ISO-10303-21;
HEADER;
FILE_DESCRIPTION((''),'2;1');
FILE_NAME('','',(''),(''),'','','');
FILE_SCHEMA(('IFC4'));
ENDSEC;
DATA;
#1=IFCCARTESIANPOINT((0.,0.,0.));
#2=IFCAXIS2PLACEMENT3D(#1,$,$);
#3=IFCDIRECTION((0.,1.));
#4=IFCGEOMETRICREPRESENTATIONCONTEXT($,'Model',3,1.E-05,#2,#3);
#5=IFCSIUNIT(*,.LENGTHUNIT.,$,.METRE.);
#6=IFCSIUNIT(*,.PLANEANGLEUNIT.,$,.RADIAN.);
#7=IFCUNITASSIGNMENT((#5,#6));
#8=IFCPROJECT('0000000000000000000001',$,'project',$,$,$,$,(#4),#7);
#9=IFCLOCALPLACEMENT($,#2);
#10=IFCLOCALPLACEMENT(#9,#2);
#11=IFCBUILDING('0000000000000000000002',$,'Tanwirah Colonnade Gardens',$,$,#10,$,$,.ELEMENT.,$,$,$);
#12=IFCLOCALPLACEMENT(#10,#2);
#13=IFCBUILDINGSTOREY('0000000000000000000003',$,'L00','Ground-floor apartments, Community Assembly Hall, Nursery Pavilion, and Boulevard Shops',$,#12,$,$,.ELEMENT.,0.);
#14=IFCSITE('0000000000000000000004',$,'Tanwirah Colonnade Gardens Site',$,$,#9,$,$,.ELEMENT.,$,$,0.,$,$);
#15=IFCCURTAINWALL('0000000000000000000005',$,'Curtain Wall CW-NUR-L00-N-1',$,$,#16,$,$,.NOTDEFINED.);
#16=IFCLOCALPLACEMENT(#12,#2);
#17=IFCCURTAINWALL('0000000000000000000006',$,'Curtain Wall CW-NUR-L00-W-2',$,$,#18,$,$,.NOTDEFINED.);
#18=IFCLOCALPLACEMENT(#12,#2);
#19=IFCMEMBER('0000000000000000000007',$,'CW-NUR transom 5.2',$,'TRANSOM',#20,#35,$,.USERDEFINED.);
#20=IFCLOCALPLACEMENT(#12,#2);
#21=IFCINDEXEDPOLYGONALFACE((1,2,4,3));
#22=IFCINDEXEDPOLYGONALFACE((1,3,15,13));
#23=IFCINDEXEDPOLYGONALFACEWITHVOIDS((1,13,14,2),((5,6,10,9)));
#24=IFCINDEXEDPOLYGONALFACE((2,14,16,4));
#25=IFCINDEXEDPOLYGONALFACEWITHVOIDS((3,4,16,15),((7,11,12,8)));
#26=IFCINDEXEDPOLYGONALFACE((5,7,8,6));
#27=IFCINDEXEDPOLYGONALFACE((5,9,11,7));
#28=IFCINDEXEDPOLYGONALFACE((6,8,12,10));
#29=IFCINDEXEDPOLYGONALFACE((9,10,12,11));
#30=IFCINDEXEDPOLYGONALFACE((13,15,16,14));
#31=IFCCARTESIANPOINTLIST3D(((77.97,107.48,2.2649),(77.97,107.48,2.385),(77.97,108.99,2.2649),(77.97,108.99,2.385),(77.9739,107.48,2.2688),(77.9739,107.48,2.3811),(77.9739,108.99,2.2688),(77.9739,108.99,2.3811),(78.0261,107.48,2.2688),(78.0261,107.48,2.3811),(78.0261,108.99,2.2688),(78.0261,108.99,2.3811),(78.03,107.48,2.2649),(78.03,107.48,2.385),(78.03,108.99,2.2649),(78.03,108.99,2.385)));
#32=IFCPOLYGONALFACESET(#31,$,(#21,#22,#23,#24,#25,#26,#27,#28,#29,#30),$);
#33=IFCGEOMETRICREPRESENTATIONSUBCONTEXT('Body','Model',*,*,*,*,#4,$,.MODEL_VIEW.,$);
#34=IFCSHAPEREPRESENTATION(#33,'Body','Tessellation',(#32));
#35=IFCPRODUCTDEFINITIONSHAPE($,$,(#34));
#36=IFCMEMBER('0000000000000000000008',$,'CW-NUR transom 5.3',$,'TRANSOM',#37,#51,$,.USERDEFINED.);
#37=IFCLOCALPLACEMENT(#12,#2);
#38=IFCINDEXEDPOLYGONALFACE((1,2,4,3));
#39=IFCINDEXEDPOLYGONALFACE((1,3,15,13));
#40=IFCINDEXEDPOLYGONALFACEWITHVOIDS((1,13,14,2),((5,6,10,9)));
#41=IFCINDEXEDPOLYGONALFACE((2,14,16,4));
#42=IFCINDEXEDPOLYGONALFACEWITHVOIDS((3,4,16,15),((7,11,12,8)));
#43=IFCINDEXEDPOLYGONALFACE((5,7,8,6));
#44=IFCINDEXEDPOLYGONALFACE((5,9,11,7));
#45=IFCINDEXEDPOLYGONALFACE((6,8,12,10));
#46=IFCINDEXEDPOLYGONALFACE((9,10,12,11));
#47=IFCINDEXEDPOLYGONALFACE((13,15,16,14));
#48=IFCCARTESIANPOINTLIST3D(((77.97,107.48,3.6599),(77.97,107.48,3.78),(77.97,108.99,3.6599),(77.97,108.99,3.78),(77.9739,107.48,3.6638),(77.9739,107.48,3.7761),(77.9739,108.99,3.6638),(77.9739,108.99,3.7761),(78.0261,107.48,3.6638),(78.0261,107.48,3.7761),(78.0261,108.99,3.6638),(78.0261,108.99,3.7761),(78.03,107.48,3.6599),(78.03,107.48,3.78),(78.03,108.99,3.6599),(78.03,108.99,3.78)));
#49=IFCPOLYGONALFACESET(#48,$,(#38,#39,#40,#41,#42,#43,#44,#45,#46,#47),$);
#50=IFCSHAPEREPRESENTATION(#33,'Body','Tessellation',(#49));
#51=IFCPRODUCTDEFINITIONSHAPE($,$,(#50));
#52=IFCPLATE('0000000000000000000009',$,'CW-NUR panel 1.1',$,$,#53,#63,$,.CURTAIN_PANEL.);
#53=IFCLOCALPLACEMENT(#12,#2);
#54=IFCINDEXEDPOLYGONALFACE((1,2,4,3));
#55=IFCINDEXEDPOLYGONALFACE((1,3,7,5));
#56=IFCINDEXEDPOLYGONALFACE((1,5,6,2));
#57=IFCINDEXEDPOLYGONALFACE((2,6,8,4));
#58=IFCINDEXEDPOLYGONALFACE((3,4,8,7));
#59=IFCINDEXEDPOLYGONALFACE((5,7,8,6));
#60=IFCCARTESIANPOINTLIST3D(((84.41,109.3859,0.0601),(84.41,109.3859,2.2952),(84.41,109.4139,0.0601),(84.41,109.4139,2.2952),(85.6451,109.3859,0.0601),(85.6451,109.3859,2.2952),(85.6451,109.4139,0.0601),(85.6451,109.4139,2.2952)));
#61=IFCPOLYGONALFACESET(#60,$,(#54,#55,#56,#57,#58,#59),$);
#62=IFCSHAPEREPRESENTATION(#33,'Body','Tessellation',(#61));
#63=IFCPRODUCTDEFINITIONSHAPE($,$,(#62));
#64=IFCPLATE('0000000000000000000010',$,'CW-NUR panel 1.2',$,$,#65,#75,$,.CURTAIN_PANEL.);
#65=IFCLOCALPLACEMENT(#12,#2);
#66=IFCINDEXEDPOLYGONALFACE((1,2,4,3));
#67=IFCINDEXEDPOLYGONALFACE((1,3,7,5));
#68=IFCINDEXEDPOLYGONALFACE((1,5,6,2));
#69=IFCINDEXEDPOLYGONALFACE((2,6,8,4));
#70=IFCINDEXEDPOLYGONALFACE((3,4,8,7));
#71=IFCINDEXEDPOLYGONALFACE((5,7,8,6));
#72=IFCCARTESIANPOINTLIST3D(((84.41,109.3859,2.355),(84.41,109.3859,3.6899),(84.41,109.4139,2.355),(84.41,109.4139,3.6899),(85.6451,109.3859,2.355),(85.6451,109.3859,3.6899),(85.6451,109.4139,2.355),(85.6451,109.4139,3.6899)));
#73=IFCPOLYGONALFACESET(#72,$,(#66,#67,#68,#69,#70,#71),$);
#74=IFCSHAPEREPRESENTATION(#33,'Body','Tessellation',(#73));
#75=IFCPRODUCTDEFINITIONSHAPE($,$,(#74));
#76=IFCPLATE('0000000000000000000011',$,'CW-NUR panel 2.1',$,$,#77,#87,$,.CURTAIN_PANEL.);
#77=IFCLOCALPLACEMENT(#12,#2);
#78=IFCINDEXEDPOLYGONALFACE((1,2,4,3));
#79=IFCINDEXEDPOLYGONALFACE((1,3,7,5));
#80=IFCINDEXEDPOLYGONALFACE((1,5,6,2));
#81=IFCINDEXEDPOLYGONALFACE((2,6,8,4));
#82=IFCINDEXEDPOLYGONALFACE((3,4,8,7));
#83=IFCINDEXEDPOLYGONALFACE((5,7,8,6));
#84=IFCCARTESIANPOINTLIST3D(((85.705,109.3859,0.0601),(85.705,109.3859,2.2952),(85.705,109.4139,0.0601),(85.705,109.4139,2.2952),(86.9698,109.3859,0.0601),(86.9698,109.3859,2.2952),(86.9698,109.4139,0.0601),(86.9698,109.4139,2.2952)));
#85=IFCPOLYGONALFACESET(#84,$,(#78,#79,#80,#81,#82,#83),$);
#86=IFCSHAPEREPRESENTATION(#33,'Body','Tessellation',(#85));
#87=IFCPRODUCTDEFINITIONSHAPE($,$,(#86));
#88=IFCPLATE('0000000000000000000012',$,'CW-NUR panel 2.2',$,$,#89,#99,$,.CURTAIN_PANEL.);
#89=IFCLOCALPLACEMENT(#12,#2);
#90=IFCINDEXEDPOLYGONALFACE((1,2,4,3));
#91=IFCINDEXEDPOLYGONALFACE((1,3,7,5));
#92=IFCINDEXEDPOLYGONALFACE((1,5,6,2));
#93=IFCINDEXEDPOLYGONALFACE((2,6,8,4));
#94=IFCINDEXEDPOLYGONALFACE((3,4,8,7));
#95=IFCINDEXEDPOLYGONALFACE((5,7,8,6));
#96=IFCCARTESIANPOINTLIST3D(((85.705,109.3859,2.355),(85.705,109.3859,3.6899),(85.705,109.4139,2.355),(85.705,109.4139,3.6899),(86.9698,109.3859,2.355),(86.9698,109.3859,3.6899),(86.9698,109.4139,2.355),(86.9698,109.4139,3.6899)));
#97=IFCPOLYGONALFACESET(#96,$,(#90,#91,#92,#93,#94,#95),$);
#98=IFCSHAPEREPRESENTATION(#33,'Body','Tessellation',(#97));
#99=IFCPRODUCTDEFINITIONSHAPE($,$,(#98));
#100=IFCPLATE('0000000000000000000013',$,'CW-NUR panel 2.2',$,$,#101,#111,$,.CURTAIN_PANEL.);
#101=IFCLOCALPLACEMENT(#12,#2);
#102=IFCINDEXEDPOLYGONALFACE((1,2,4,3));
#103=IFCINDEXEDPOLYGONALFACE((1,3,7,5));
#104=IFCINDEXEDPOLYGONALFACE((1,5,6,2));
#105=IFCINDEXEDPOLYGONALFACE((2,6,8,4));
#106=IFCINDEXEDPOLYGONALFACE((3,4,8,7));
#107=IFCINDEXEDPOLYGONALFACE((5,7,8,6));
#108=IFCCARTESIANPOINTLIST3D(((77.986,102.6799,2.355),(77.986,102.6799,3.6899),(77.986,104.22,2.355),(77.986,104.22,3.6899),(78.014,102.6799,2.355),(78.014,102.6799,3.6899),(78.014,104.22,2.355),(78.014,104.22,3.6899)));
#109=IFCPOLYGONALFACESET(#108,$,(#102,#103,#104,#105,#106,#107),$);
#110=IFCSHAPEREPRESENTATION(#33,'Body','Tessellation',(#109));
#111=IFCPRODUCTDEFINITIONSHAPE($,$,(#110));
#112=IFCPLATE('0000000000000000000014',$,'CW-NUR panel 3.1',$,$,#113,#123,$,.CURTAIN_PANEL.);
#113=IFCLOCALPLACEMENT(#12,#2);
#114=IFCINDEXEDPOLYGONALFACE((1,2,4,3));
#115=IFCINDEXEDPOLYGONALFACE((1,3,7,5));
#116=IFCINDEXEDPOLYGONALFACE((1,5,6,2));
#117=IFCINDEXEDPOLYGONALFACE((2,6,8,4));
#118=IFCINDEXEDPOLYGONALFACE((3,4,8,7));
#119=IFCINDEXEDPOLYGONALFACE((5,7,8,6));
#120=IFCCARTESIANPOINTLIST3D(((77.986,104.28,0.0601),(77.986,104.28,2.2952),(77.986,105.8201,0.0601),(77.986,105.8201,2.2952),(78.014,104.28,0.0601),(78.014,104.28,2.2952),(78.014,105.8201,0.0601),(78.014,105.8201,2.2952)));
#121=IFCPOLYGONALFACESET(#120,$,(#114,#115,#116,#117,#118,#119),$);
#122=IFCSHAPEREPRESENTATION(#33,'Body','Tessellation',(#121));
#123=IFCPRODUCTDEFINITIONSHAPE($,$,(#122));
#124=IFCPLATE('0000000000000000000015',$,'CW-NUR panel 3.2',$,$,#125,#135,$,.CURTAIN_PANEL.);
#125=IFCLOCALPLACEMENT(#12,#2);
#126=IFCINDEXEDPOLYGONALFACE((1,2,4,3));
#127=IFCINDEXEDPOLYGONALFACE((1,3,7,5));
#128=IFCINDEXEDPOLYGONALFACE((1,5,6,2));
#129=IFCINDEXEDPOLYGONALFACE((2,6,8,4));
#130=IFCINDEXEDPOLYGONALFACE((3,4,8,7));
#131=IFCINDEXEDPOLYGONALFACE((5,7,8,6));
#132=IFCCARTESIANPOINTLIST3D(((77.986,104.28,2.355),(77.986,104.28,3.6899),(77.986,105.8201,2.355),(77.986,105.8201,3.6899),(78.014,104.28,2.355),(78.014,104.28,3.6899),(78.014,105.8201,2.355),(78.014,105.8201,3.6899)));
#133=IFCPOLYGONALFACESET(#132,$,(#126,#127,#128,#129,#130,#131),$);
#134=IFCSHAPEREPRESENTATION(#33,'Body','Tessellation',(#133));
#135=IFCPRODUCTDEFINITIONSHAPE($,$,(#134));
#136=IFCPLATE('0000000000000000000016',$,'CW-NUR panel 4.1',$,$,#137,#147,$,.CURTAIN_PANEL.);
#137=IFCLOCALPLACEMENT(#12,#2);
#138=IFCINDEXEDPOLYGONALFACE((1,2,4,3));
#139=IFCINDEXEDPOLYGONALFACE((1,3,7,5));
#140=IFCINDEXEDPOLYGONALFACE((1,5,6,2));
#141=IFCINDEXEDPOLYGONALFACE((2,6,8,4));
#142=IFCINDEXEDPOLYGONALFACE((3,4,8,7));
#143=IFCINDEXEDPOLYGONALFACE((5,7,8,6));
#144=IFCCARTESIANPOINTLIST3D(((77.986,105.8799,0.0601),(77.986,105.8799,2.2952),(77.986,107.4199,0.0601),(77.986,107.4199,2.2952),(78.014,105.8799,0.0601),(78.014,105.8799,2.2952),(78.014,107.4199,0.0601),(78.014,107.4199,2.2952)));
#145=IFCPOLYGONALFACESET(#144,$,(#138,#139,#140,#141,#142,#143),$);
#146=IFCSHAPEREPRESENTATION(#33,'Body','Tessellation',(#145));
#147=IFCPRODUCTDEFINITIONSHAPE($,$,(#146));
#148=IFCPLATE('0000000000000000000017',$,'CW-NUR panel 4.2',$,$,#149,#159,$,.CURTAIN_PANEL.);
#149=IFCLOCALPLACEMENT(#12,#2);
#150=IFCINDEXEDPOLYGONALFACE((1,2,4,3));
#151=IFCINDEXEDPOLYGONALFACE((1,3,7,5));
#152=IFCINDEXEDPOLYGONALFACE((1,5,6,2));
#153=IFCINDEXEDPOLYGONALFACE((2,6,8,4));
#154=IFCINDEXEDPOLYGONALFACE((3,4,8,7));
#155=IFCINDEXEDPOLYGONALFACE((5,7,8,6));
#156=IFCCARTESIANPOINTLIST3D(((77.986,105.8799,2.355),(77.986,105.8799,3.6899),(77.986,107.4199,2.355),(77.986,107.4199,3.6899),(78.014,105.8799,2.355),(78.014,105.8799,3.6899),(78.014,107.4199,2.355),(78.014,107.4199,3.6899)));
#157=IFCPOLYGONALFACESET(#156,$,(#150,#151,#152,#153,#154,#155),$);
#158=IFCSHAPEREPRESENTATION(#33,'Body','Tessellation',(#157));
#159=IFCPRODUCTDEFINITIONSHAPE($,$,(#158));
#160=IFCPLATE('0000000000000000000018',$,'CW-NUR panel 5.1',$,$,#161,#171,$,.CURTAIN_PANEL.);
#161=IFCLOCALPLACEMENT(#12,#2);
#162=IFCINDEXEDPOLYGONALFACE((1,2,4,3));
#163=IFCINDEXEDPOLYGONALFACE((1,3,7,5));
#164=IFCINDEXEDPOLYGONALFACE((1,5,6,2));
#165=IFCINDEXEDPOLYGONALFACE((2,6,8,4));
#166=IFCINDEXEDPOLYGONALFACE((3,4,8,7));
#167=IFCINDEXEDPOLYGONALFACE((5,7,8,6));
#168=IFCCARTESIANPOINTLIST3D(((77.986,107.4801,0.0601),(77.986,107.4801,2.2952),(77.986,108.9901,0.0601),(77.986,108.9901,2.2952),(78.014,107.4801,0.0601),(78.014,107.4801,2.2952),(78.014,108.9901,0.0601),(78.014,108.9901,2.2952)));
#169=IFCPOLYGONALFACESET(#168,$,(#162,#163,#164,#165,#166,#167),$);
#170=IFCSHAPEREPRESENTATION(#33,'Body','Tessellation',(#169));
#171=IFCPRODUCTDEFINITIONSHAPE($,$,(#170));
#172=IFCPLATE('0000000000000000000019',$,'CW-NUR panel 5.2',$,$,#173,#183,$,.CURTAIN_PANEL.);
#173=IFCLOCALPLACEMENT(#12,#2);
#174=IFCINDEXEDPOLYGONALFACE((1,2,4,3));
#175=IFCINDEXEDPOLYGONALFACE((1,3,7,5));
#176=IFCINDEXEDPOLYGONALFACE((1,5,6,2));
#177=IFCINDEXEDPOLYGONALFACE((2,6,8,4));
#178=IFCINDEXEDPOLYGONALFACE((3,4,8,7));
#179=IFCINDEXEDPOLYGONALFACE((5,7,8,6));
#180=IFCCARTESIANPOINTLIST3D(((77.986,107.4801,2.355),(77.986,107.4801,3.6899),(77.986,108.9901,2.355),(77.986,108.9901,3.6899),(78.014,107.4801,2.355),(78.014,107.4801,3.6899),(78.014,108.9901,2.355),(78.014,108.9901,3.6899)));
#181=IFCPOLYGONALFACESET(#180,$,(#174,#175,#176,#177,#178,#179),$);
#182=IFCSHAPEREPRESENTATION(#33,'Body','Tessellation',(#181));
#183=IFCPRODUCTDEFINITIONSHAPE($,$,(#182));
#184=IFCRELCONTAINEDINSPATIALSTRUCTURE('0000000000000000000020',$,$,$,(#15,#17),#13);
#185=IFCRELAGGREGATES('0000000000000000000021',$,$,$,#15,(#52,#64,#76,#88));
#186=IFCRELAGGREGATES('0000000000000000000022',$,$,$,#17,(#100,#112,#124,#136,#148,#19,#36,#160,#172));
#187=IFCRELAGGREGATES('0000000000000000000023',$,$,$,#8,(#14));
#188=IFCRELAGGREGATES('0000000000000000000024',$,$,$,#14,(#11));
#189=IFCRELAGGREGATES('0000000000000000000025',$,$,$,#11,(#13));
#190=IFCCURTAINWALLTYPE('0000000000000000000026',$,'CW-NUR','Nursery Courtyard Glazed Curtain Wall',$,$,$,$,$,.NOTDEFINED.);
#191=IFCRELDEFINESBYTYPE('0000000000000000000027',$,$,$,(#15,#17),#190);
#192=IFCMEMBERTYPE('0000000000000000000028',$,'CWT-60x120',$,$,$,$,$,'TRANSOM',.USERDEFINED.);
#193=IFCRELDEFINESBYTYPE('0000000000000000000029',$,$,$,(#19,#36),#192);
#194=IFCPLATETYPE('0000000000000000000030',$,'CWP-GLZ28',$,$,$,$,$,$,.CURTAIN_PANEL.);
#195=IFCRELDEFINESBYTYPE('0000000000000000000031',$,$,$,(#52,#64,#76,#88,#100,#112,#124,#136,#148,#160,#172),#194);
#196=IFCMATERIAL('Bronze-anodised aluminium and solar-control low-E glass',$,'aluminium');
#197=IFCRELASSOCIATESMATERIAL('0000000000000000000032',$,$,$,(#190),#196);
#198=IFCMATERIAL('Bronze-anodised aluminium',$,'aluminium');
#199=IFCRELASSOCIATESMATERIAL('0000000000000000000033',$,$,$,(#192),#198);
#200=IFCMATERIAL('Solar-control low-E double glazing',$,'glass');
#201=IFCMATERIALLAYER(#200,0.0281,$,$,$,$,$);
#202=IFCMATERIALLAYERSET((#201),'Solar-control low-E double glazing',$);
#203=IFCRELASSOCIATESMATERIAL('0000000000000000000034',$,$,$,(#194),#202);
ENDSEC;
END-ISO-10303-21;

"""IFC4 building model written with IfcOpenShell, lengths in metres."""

from ifc_helpers import new_model, si_unit, direction, frame, origin, origin_2d, place, context, subcontext, project, spatial, rectangle, hollow_rectangle, extrude, material, layer, layer_set, material_profile, profile_set, type_object, element, aggregate, save


model = new_model("IFC4")

# Units and contexts
model_context = context("Model", 3, precision=1e-05, world=origin(), true_north=direction((0.0, 1.0)))
body_context = subcontext(model_context, "Body", "Model", "MODEL_VIEW")
ifc_project = project(units=[si_unit("LENGTHUNIT", "METRE"), si_unit("PLANEANGLEUNIT", "RADIAN")], contexts=[model_context])

# Site, building, storey
site_placement = place(None, origin())
site = spatial("IfcSite", under=ifc_project, at=site_placement, Name="Tanwirah Colonnade Gardens Site", CompositionType="ELEMENT", RefElevation=0.0)
building_placement = place(site_placement, origin())
building = spatial("IfcBuilding", under=site, at=building_placement, Name="Tanwirah Colonnade Gardens", CompositionType="ELEMENT")
storey_placement = place(building_placement, origin())
storey = spatial("IfcBuildingStorey", under=building, at=storey_placement, Name="L00", Description="Ground-floor apartments, Community Assembly Hall, Nursery Pavilion, and Boulevard Shops", CompositionType="ELEMENT", Elevation=0.0)

# Curtain walls
ifc_material_1 = material(Name="Bronze-anodised aluminium and solar-control low-E glass", Category="aluminium")
curtain_wall_type = type_object("IfcCurtainWallType", Name="CW-NUR", Description="Nursery Courtyard Glazed Curtain Wall", PredefinedType="NOTDEFINED", material=ifc_material_1)
curtain_wall_1_placement = place(storey_placement, origin())
curtain_wall_1 = element("IfcCurtainWall", 1, at=curtain_wall_1_placement, inside=storey, type_object=curtain_wall_type, Name="Curtain Wall CW-NUR-L00-N-1", PredefinedType="NOTDEFINED")
ifc_material_2 = material(Name="Bronze-anodised aluminium", Category="aluminium")
curtain_wall_2_placement = place(storey_placement, origin())
curtain_wall_2 = element("IfcCurtainWall", 2, at=curtain_wall_2_placement, inside=storey, type_object=curtain_wall_type, Name="Curtain Wall CW-NUR-L00-W-2", PredefinedType="NOTDEFINED")

# Members
ifc_material_profile_1 = material_profile(ifc_material_2, hollow_rectangle(XDim=0.0601, YDim=0.1201, WallThickness=0.0039, at=origin_2d()), Name="CW-TRN 60x120x4")
ifc_profile_set_1 = profile_set([ifc_material_profile_1], Name="Bronze-anodised aluminium")
member_type_1 = type_object("IfcMemberType", Name="CWT-60x120", ElementType="TRANSOM", PredefinedType="USERDEFINED", material=ifc_profile_set_1)
member_1_placement = place(storey_placement, frame((78.0, 107.48, 2.325), z_axis=(0.0, 1.0, 0.0), x_axis=(-1.0, 0.0, 0.0)))
member_1 = element("IfcMember", 3, at=member_1_placement, type_object=member_type_1, Name="CW-NUR transom 5.2", ObjectType="TRANSOM", PredefinedType="USERDEFINED", context=body_context, shape_type="SweptSolid", body=[
    extrude(hollow_rectangle(XDim=0.0601, YDim=0.1201, WallThickness=0.0039, at=origin_2d()), origin(), (0.0, 0.0, 1.0), 1.51),
])
member_2_placement = place(storey_placement, frame((78.0, 107.48, 3.72), z_axis=(0.0, 1.0, 0.0), x_axis=(-1.0, 0.0, 0.0)))
member_2 = element("IfcMember", 4, at=member_2_placement, type_object=member_type_1, Name="CW-NUR transom 5.3", ObjectType="TRANSOM", PredefinedType="USERDEFINED", context=body_context, shape_type="SweptSolid", body=[
    extrude(hollow_rectangle(XDim=0.0601, YDim=0.1201, WallThickness=0.0039, at=origin_2d()), origin(), (0.0, 0.0, 1.0), 1.51),
])

# Plates
ifc_material_3 = material(Name="Solar-control low-E double glazing", Category="glass")
ifc_layer_1 = layer(ifc_material_3, 0.0281)
ifc_layer_set_1 = layer_set([ifc_layer_1], Name="Solar-control low-E double glazing")
plate_type = type_object("IfcPlateType", Name="CWP-GLZ28", PredefinedType="CURTAIN_PANEL", material=ifc_layer_set_1)
plate_1_placement = place(storey_placement, frame((85.0276, 109.3999, 0.0601), z_axis=(0.0, 0.0, 1.0), x_axis=(1.0, 0.0, 0.0)))
plate_1 = element("IfcPlate", 5, at=plate_1_placement, type_object=plate_type, Name="CW-NUR panel 1.1", PredefinedType="CURTAIN_PANEL", context=body_context, shape_type="SweptSolid", body=[
    extrude(rectangle(XDim=1.2351, YDim=0.0281, at=origin_2d()), origin(), (0.0, 0.0, 1.0), 2.2351),
])
plate_2_placement = place(storey_placement, frame((85.0276, 109.3999, 2.355), z_axis=(0.0, 0.0, 1.0), x_axis=(1.0, 0.0, 0.0)))
plate_2 = element("IfcPlate", 6, at=plate_2_placement, type_object=plate_type, Name="CW-NUR panel 1.2", PredefinedType="CURTAIN_PANEL", context=body_context, shape_type="SweptSolid", body=[
    extrude(rectangle(XDim=1.2351, YDim=0.0281, at=origin_2d()), origin(), (0.0, 0.0, 1.0), 1.335),
])
plate_3_placement = place(storey_placement, frame((86.3374, 109.3999, 0.0601), z_axis=(0.0, 0.0, 1.0), x_axis=(1.0, 0.0, 0.0)))
plate_3 = element("IfcPlate", 7, at=plate_3_placement, type_object=plate_type, Name="CW-NUR panel 2.1", PredefinedType="CURTAIN_PANEL", context=body_context, shape_type="SweptSolid", body=[
    extrude(rectangle(XDim=1.2649, YDim=0.0281, at=origin_2d()), origin(), (0.0, 0.0, 1.0), 2.2351),
])
plate_4_placement = place(storey_placement, frame((86.3374, 109.3999, 2.355), z_axis=(0.0, 0.0, 1.0), x_axis=(1.0, 0.0, 0.0)))
plate_4 = element("IfcPlate", 8, at=plate_4_placement, type_object=plate_type, Name="CW-NUR panel 2.2", PredefinedType="CURTAIN_PANEL", context=body_context, shape_type="SweptSolid", body=[
    extrude(rectangle(XDim=1.2649, YDim=0.0281, at=origin_2d()), origin(), (0.0, 0.0, 1.0), 1.335),
])
aggregate(curtain_wall_1, [plate_1, plate_2, plate_3, plate_4])
plate_5_placement = place(storey_placement, frame((78.0, 103.45, 2.355), z_axis=(0.0, 0.0, 1.0), x_axis=(0.0, 1.0, 0.0)))
plate_5 = element("IfcPlate", 9, at=plate_5_placement, type_object=plate_type, Name="CW-NUR panel 2.2", PredefinedType="CURTAIN_PANEL", context=body_context, shape_type="SweptSolid", body=[
    extrude(rectangle(XDim=1.54, YDim=0.0281, at=origin_2d()), origin(), (0.0, 0.0, 1.0), 1.335),
])
plate_6_placement = place(storey_placement, frame((78.0, 105.05, 0.0601), z_axis=(0.0, 0.0, 1.0), x_axis=(0.0, 1.0, 0.0)))
plate_6 = element("IfcPlate", 10, at=plate_6_placement, type_object=plate_type, Name="CW-NUR panel 3.1", PredefinedType="CURTAIN_PANEL", context=body_context, shape_type="SweptSolid", body=[
    extrude(rectangle(XDim=1.54, YDim=0.0281, at=origin_2d()), origin(), (0.0, 0.0, 1.0), 2.2351),
])
plate_7_placement = place(storey_placement, frame((78.0, 105.05, 2.355), z_axis=(0.0, 0.0, 1.0), x_axis=(0.0, 1.0, 0.0)))
plate_7 = element("IfcPlate", 11, at=plate_7_placement, type_object=plate_type, Name="CW-NUR panel 3.2", PredefinedType="CURTAIN_PANEL", context=body_context, shape_type="SweptSolid", body=[
    extrude(rectangle(XDim=1.54, YDim=0.0281, at=origin_2d()), origin(), (0.0, 0.0, 1.0), 1.335),
])
plate_8_placement = place(storey_placement, frame((78.0, 106.6499, 0.0601), z_axis=(0.0, 0.0, 1.0), x_axis=(0.0, 1.0, 0.0)))
plate_8 = element("IfcPlate", 12, at=plate_8_placement, type_object=plate_type, Name="CW-NUR panel 4.1", PredefinedType="CURTAIN_PANEL", context=body_context, shape_type="SweptSolid", body=[
    extrude(rectangle(XDim=1.54, YDim=0.0281, at=origin_2d()), origin(), (0.0, 0.0, 1.0), 2.2351),
])
plate_9_placement = place(storey_placement, frame((78.0, 106.6499, 2.355), z_axis=(0.0, 0.0, 1.0), x_axis=(0.0, 1.0, 0.0)))
plate_9 = element("IfcPlate", 13, at=plate_9_placement, type_object=plate_type, Name="CW-NUR panel 4.2", PredefinedType="CURTAIN_PANEL", context=body_context, shape_type="SweptSolid", body=[
    extrude(rectangle(XDim=1.54, YDim=0.0281, at=origin_2d()), origin(), (0.0, 0.0, 1.0), 1.335),
])
plate_10_placement = place(storey_placement, frame((78.0, 108.2351, 0.0601), z_axis=(0.0, 0.0, 1.0), x_axis=(0.0, 1.0, 0.0)))
plate_10 = element("IfcPlate", 14, at=plate_10_placement, type_object=plate_type, Name="CW-NUR panel 5.1", PredefinedType="CURTAIN_PANEL", context=body_context, shape_type="SweptSolid", body=[
    extrude(rectangle(XDim=1.51, YDim=0.0281, at=origin_2d()), origin(), (0.0, 0.0, 1.0), 2.2351),
])
plate_11_placement = place(storey_placement, frame((78.0, 108.2351, 2.355), z_axis=(0.0, 0.0, 1.0), x_axis=(0.0, 1.0, 0.0)))
plate_11 = element("IfcPlate", 15, at=plate_11_placement, type_object=plate_type, Name="CW-NUR panel 5.2", PredefinedType="CURTAIN_PANEL", context=body_context, shape_type="SweptSolid", body=[
    extrude(rectangle(XDim=1.51, YDim=0.0281, at=origin_2d()), origin(), (0.0, 0.0, 1.0), 1.335),
])
aggregate(curtain_wall_2, [plate_5, plate_6, plate_7, plate_8, plate_9, member_1, member_2, plate_10, plate_11])

save(model, "model.ifc")
